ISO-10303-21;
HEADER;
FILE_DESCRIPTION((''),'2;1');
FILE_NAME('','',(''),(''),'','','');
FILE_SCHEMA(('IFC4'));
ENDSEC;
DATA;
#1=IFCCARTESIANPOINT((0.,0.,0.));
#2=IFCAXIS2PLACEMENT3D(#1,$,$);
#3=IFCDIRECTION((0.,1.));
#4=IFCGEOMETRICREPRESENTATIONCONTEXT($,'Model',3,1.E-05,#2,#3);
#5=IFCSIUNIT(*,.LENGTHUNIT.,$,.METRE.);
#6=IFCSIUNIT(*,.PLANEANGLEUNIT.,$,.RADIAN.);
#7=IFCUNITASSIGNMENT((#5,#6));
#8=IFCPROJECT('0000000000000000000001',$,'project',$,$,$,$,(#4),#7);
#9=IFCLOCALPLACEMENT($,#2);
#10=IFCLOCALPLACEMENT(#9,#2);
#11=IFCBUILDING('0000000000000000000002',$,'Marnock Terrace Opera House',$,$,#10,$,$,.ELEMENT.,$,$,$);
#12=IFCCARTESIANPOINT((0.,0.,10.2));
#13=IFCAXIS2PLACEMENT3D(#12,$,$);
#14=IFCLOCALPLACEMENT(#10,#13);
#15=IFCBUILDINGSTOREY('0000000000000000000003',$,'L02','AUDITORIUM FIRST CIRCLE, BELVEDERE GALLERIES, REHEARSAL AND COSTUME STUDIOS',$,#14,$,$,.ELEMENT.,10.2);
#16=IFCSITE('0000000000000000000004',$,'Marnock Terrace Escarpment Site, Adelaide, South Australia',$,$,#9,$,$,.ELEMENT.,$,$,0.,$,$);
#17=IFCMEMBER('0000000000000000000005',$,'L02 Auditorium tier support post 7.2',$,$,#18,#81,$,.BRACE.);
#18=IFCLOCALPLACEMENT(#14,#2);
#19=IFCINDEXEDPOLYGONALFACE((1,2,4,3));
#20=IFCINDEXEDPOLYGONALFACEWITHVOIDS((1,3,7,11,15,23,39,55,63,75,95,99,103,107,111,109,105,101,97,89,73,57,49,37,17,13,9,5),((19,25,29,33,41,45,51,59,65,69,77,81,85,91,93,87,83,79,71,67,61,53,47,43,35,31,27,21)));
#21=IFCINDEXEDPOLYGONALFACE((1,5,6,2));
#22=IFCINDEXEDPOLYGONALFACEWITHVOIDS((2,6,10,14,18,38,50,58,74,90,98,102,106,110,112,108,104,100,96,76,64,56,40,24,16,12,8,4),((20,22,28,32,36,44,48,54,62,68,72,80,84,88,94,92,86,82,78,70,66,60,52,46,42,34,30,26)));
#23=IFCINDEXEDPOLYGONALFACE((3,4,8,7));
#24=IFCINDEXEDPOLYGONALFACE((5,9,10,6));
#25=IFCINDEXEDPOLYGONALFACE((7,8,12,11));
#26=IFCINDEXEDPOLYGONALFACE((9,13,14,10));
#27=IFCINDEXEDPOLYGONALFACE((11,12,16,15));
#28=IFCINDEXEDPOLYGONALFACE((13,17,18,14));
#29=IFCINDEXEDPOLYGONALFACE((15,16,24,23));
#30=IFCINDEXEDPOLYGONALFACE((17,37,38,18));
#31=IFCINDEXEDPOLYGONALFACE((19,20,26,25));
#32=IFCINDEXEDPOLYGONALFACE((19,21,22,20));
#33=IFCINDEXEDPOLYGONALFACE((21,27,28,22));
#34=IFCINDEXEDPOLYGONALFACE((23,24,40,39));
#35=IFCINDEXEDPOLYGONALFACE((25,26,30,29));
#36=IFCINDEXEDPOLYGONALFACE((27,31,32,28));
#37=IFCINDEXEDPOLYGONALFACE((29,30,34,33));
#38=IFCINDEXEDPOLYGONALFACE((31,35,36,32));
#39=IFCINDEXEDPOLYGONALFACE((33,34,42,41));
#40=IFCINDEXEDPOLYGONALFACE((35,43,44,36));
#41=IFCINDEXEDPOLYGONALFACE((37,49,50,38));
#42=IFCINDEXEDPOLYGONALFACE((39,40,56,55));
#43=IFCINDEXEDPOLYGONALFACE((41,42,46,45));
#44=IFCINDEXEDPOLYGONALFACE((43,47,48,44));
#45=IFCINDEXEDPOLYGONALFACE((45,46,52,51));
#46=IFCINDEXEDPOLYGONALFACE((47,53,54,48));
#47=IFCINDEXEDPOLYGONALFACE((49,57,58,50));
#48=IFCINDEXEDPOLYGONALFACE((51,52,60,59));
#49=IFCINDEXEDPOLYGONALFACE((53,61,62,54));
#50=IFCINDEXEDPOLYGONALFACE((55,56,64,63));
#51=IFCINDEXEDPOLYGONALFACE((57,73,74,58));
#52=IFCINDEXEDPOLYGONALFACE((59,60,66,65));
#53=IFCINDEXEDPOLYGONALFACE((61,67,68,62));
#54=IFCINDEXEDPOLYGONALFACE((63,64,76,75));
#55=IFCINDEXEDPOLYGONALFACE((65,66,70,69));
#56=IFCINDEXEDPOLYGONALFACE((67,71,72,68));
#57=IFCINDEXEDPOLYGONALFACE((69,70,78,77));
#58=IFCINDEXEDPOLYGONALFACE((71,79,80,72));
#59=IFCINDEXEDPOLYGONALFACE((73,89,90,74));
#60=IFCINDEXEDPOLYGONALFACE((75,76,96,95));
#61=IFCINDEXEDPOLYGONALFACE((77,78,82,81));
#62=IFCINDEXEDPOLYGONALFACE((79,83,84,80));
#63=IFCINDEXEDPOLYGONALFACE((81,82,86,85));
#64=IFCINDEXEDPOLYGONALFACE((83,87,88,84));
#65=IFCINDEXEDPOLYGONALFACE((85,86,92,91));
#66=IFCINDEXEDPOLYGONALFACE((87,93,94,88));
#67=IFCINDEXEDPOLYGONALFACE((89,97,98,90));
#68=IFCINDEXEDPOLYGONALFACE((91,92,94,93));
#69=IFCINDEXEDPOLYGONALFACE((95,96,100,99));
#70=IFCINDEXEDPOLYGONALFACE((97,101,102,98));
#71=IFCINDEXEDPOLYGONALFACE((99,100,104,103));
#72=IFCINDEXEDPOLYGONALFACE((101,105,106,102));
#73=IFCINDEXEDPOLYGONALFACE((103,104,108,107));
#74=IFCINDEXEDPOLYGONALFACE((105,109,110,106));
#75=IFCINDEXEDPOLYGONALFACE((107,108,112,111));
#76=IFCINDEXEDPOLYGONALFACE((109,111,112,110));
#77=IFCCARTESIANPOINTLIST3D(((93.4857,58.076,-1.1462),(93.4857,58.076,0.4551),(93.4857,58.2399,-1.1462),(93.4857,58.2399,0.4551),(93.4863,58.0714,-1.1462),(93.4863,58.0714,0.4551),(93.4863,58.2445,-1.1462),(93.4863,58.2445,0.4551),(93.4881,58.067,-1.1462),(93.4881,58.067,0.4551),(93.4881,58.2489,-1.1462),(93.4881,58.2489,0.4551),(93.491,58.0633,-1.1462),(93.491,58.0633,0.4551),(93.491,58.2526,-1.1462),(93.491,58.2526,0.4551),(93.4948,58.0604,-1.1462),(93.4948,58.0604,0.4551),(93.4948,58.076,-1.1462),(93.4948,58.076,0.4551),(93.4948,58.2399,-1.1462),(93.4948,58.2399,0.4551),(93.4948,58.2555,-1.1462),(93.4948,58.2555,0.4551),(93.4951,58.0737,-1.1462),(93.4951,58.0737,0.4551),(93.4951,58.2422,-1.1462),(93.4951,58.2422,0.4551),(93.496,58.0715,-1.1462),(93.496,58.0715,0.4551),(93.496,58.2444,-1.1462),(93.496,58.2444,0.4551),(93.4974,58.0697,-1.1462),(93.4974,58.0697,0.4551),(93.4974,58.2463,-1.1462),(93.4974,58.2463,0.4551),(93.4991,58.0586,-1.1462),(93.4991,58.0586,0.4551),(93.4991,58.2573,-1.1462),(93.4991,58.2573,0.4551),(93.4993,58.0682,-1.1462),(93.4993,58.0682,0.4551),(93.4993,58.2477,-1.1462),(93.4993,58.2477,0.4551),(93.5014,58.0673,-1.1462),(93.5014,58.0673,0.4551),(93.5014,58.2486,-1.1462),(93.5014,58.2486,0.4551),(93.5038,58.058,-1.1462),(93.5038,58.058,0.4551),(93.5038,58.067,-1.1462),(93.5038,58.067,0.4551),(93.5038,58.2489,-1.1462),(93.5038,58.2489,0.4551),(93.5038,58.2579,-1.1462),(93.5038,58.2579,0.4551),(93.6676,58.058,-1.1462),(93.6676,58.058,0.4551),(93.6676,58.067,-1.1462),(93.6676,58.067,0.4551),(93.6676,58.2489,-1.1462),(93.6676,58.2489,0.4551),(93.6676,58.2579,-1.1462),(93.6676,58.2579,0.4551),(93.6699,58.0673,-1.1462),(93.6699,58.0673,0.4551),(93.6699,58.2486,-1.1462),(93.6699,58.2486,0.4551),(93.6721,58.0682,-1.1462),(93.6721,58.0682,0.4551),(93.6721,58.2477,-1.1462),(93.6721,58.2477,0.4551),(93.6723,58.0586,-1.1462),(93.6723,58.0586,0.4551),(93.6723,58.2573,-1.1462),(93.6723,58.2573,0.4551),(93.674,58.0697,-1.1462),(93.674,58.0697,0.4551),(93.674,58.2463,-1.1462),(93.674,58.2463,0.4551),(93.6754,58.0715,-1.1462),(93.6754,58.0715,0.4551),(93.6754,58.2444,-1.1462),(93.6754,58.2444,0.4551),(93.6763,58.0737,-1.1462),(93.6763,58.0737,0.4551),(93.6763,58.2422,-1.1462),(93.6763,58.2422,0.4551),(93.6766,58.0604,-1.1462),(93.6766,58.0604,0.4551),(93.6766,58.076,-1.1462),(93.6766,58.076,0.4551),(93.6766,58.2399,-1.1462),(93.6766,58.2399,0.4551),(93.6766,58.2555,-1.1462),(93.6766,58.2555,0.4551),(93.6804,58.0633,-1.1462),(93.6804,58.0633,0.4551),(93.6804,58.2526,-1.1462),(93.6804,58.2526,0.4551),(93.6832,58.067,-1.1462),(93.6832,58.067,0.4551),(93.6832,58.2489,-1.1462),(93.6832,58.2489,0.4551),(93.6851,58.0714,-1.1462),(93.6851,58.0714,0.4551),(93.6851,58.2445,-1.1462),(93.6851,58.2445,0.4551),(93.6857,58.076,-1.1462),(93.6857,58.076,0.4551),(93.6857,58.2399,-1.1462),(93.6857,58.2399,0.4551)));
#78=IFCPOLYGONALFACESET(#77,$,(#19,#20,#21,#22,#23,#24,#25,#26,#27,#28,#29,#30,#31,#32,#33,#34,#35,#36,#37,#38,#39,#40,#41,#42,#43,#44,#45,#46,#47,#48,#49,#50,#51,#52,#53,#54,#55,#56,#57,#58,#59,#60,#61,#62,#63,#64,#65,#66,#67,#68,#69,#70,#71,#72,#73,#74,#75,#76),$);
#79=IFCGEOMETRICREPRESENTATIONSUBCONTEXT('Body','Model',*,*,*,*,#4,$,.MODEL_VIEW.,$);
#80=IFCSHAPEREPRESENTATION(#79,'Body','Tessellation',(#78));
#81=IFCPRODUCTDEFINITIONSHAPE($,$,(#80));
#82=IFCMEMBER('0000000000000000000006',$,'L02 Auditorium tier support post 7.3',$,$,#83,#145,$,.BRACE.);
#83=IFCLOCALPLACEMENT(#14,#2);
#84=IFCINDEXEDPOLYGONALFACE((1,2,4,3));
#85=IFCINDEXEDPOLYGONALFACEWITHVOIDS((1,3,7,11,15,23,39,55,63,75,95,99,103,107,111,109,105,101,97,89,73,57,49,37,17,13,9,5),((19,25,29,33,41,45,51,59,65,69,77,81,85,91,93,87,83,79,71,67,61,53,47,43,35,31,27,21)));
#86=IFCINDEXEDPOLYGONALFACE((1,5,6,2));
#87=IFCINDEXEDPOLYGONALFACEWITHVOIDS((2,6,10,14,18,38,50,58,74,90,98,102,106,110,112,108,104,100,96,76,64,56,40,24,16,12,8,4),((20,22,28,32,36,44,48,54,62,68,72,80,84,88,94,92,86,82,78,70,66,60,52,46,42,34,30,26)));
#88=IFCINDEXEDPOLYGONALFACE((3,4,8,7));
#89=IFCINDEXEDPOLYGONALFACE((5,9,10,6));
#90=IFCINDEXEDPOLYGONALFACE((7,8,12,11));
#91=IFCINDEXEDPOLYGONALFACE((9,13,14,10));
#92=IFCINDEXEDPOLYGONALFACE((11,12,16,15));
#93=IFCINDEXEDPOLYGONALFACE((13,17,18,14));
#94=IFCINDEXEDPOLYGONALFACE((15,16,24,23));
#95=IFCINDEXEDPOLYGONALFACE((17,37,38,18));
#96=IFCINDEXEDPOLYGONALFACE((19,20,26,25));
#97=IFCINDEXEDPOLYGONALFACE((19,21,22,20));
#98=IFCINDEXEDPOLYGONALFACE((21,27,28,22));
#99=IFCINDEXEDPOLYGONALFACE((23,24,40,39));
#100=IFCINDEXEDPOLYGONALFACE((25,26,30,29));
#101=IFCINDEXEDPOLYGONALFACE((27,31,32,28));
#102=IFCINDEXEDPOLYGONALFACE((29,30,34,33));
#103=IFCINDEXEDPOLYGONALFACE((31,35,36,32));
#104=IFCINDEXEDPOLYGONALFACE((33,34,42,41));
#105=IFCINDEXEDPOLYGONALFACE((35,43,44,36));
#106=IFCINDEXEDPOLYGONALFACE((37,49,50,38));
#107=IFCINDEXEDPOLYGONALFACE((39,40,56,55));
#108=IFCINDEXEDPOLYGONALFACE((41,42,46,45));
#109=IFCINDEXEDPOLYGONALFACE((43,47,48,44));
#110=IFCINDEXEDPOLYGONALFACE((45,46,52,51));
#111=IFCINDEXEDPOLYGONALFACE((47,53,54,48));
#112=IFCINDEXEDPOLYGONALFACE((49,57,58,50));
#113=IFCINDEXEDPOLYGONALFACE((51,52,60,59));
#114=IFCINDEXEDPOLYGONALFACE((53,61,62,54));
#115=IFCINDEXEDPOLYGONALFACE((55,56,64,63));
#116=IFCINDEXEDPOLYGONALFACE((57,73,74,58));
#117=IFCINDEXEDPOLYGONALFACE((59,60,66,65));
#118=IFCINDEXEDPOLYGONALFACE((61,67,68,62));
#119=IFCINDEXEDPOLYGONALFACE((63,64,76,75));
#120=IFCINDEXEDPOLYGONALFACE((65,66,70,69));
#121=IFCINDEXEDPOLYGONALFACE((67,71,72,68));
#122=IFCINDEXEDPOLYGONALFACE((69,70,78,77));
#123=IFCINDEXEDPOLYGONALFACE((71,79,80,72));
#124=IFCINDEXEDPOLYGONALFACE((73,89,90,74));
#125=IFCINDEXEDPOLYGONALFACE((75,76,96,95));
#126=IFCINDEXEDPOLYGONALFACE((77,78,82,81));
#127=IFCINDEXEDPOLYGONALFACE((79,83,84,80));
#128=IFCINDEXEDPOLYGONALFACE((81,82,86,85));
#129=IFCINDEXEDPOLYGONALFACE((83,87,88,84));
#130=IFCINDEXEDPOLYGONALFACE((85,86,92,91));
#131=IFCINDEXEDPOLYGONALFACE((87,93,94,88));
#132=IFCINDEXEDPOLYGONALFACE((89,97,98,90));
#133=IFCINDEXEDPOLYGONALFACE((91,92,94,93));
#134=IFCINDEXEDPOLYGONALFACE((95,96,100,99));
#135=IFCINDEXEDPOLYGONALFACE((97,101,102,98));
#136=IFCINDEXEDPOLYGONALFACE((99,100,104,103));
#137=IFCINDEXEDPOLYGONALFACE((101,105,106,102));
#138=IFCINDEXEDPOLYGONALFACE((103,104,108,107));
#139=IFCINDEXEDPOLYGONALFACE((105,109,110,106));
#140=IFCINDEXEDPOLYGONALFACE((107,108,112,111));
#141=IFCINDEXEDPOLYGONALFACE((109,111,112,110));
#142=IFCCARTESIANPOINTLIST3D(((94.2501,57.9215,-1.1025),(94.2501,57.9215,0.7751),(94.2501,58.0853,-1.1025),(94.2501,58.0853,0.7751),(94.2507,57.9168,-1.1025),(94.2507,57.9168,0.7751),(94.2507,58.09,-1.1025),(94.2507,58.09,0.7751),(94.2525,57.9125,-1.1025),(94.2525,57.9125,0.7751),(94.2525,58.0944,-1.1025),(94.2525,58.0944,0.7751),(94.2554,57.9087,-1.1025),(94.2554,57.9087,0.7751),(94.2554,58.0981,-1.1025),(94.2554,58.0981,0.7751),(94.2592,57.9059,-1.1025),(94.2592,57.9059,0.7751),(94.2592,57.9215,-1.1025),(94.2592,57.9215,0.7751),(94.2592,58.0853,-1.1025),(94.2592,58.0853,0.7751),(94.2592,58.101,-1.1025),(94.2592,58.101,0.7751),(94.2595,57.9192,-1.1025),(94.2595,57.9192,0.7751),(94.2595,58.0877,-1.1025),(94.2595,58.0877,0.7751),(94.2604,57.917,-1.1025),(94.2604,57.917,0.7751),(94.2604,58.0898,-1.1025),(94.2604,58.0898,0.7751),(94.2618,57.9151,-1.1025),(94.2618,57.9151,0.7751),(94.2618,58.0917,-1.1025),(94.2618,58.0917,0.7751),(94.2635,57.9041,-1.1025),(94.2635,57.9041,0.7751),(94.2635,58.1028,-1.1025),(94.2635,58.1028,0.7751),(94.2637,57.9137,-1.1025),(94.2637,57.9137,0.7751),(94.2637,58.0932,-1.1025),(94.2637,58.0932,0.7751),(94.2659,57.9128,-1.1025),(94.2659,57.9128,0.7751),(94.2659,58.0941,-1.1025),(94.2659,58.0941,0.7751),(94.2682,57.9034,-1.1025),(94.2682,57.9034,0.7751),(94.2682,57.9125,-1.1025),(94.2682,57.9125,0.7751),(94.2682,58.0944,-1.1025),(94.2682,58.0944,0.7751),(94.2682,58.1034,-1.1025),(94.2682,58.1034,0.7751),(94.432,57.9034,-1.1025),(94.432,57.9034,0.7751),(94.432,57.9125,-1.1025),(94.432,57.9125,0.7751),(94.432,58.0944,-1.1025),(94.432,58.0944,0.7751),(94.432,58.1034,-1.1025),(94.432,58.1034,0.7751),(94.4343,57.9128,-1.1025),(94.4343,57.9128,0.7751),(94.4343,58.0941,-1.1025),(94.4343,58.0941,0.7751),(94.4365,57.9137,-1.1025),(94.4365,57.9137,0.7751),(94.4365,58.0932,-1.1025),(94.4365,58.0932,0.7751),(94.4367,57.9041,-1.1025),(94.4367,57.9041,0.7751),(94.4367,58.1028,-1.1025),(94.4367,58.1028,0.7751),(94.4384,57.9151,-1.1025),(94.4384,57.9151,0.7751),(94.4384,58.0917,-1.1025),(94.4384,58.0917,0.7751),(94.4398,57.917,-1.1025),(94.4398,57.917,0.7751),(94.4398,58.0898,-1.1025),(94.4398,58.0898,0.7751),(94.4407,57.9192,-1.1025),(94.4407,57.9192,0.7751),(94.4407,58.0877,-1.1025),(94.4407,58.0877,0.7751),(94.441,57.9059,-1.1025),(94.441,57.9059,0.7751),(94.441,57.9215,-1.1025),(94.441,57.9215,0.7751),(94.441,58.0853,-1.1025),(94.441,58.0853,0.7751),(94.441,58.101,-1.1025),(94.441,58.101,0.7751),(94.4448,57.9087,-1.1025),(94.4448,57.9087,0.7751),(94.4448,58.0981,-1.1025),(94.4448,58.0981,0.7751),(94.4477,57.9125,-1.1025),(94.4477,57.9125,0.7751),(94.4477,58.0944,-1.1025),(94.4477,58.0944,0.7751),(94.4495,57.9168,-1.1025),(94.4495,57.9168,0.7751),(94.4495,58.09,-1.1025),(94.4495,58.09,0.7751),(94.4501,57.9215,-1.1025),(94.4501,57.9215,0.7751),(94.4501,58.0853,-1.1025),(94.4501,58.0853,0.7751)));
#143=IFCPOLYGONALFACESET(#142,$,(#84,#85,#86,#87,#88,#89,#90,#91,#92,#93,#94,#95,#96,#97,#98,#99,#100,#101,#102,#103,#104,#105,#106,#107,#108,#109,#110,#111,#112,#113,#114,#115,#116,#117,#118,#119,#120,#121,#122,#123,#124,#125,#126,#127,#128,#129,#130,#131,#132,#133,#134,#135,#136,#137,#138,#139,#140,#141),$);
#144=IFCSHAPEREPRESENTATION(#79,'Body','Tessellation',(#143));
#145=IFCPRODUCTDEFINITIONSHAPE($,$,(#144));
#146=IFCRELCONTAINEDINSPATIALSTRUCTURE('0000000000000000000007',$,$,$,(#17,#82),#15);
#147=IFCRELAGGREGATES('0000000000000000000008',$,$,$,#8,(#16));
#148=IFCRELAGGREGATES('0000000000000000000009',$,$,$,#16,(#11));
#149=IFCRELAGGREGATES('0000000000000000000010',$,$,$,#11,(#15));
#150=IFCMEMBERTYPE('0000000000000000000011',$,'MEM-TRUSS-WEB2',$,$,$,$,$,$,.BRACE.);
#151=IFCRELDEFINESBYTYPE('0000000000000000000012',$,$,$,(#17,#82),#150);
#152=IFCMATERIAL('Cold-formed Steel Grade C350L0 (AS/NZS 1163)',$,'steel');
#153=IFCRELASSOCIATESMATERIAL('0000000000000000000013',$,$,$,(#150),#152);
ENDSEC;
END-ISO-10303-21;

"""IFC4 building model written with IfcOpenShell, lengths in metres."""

from ifc_helpers import new_model, si_unit, direction, frame, origin, origin_2d, place, context, subcontext, project, spatial, hollow_rectangle, extrude, material, material_profile, profile_set, type_object, element, save


model = new_model("IFC4")

# Units and contexts
model_context = context("Model", 3, precision=1e-05, world=origin(), true_north=direction((0.0, 1.0)))
body_context = subcontext(model_context, "Body", "Model", "MODEL_VIEW")
ifc_project = project(units=[si_unit("LENGTHUNIT", "METRE"), si_unit("PLANEANGLEUNIT", "RADIAN")], contexts=[model_context])

# Site, building, storey
site_placement = place(None, origin())
site = spatial("IfcSite", under=ifc_project, at=site_placement, Name="Marnock Terrace Escarpment Site, Adelaide, South Australia", CompositionType="ELEMENT", RefElevation=0.0)
building_placement = place(site_placement, origin())
building = spatial("IfcBuilding", under=site, at=building_placement, Name="Marnock Terrace Opera House", CompositionType="ELEMENT")
storey_placement = place(building_placement, frame((0.0, 0.0, 10.2)))
storey = spatial("IfcBuildingStorey", under=building, at=storey_placement, Name="L02", Description="AUDITORIUM FIRST CIRCLE, BELVEDERE GALLERIES, REHEARSAL AND COSTUME STUDIOS", CompositionType="ELEMENT", Elevation=10.2)

# Members
ifc_material_1 = material(Name="Cold-formed Steel Grade C350L0 (AS/NZS 1163)", Category="steel")
ifc_material_profile_1 = material_profile(ifc_material_1, hollow_rectangle(XDim=0.2, YDim=0.2, WallThickness=0.009, InnerFilletRadius=0.009, OuterFilletRadius=0.0181, at=origin_2d()))
ifc_profile_set_1 = profile_set([ifc_material_profile_1], Name="Cold-formed Steel Grade C350L0 (AS/NZS 1163)")
member_type = type_object("IfcMemberType", Name="MEM-TRUSS-WEB2", PredefinedType="BRACE", material=ifc_profile_set_1)
member_1_placement = place(storey_placement, frame((93.5857, 58.158, -1.1462), z_axis=(0.0, 0.0, 1.0), x_axis=(1.0, 0.0, 0.0)))
element("IfcMember", 1, at=member_1_placement, inside=storey, type_object=member_type, Name="L02 Auditorium tier support post 7.2", PredefinedType="BRACE", context=body_context, shape_type="SweptSolid", body=[
    extrude(hollow_rectangle(XDim=0.2, YDim=0.2, WallThickness=0.009, InnerFilletRadius=0.009, OuterFilletRadius=0.0181, at=origin_2d()), origin(), (0.0, 0.0, 1.0), 1.6013),
])
member_2_placement = place(storey_placement, frame((94.3501, 58.0034, -1.1025), z_axis=(0.0, 0.0, 1.0), x_axis=(1.0, 0.0, 0.0)))
element("IfcMember", 2, at=member_2_placement, inside=storey, type_object=member_type, Name="L02 Auditorium tier support post 7.3", PredefinedType="BRACE", context=body_context, shape_type="SweptSolid", body=[
    extrude(hollow_rectangle(XDim=0.2, YDim=0.2, WallThickness=0.009, InnerFilletRadius=0.009, OuterFilletRadius=0.0181, at=origin_2d()), origin(), (0.0, 0.0, 1.0), 1.8777),
])

save(model, "model.ifc")
